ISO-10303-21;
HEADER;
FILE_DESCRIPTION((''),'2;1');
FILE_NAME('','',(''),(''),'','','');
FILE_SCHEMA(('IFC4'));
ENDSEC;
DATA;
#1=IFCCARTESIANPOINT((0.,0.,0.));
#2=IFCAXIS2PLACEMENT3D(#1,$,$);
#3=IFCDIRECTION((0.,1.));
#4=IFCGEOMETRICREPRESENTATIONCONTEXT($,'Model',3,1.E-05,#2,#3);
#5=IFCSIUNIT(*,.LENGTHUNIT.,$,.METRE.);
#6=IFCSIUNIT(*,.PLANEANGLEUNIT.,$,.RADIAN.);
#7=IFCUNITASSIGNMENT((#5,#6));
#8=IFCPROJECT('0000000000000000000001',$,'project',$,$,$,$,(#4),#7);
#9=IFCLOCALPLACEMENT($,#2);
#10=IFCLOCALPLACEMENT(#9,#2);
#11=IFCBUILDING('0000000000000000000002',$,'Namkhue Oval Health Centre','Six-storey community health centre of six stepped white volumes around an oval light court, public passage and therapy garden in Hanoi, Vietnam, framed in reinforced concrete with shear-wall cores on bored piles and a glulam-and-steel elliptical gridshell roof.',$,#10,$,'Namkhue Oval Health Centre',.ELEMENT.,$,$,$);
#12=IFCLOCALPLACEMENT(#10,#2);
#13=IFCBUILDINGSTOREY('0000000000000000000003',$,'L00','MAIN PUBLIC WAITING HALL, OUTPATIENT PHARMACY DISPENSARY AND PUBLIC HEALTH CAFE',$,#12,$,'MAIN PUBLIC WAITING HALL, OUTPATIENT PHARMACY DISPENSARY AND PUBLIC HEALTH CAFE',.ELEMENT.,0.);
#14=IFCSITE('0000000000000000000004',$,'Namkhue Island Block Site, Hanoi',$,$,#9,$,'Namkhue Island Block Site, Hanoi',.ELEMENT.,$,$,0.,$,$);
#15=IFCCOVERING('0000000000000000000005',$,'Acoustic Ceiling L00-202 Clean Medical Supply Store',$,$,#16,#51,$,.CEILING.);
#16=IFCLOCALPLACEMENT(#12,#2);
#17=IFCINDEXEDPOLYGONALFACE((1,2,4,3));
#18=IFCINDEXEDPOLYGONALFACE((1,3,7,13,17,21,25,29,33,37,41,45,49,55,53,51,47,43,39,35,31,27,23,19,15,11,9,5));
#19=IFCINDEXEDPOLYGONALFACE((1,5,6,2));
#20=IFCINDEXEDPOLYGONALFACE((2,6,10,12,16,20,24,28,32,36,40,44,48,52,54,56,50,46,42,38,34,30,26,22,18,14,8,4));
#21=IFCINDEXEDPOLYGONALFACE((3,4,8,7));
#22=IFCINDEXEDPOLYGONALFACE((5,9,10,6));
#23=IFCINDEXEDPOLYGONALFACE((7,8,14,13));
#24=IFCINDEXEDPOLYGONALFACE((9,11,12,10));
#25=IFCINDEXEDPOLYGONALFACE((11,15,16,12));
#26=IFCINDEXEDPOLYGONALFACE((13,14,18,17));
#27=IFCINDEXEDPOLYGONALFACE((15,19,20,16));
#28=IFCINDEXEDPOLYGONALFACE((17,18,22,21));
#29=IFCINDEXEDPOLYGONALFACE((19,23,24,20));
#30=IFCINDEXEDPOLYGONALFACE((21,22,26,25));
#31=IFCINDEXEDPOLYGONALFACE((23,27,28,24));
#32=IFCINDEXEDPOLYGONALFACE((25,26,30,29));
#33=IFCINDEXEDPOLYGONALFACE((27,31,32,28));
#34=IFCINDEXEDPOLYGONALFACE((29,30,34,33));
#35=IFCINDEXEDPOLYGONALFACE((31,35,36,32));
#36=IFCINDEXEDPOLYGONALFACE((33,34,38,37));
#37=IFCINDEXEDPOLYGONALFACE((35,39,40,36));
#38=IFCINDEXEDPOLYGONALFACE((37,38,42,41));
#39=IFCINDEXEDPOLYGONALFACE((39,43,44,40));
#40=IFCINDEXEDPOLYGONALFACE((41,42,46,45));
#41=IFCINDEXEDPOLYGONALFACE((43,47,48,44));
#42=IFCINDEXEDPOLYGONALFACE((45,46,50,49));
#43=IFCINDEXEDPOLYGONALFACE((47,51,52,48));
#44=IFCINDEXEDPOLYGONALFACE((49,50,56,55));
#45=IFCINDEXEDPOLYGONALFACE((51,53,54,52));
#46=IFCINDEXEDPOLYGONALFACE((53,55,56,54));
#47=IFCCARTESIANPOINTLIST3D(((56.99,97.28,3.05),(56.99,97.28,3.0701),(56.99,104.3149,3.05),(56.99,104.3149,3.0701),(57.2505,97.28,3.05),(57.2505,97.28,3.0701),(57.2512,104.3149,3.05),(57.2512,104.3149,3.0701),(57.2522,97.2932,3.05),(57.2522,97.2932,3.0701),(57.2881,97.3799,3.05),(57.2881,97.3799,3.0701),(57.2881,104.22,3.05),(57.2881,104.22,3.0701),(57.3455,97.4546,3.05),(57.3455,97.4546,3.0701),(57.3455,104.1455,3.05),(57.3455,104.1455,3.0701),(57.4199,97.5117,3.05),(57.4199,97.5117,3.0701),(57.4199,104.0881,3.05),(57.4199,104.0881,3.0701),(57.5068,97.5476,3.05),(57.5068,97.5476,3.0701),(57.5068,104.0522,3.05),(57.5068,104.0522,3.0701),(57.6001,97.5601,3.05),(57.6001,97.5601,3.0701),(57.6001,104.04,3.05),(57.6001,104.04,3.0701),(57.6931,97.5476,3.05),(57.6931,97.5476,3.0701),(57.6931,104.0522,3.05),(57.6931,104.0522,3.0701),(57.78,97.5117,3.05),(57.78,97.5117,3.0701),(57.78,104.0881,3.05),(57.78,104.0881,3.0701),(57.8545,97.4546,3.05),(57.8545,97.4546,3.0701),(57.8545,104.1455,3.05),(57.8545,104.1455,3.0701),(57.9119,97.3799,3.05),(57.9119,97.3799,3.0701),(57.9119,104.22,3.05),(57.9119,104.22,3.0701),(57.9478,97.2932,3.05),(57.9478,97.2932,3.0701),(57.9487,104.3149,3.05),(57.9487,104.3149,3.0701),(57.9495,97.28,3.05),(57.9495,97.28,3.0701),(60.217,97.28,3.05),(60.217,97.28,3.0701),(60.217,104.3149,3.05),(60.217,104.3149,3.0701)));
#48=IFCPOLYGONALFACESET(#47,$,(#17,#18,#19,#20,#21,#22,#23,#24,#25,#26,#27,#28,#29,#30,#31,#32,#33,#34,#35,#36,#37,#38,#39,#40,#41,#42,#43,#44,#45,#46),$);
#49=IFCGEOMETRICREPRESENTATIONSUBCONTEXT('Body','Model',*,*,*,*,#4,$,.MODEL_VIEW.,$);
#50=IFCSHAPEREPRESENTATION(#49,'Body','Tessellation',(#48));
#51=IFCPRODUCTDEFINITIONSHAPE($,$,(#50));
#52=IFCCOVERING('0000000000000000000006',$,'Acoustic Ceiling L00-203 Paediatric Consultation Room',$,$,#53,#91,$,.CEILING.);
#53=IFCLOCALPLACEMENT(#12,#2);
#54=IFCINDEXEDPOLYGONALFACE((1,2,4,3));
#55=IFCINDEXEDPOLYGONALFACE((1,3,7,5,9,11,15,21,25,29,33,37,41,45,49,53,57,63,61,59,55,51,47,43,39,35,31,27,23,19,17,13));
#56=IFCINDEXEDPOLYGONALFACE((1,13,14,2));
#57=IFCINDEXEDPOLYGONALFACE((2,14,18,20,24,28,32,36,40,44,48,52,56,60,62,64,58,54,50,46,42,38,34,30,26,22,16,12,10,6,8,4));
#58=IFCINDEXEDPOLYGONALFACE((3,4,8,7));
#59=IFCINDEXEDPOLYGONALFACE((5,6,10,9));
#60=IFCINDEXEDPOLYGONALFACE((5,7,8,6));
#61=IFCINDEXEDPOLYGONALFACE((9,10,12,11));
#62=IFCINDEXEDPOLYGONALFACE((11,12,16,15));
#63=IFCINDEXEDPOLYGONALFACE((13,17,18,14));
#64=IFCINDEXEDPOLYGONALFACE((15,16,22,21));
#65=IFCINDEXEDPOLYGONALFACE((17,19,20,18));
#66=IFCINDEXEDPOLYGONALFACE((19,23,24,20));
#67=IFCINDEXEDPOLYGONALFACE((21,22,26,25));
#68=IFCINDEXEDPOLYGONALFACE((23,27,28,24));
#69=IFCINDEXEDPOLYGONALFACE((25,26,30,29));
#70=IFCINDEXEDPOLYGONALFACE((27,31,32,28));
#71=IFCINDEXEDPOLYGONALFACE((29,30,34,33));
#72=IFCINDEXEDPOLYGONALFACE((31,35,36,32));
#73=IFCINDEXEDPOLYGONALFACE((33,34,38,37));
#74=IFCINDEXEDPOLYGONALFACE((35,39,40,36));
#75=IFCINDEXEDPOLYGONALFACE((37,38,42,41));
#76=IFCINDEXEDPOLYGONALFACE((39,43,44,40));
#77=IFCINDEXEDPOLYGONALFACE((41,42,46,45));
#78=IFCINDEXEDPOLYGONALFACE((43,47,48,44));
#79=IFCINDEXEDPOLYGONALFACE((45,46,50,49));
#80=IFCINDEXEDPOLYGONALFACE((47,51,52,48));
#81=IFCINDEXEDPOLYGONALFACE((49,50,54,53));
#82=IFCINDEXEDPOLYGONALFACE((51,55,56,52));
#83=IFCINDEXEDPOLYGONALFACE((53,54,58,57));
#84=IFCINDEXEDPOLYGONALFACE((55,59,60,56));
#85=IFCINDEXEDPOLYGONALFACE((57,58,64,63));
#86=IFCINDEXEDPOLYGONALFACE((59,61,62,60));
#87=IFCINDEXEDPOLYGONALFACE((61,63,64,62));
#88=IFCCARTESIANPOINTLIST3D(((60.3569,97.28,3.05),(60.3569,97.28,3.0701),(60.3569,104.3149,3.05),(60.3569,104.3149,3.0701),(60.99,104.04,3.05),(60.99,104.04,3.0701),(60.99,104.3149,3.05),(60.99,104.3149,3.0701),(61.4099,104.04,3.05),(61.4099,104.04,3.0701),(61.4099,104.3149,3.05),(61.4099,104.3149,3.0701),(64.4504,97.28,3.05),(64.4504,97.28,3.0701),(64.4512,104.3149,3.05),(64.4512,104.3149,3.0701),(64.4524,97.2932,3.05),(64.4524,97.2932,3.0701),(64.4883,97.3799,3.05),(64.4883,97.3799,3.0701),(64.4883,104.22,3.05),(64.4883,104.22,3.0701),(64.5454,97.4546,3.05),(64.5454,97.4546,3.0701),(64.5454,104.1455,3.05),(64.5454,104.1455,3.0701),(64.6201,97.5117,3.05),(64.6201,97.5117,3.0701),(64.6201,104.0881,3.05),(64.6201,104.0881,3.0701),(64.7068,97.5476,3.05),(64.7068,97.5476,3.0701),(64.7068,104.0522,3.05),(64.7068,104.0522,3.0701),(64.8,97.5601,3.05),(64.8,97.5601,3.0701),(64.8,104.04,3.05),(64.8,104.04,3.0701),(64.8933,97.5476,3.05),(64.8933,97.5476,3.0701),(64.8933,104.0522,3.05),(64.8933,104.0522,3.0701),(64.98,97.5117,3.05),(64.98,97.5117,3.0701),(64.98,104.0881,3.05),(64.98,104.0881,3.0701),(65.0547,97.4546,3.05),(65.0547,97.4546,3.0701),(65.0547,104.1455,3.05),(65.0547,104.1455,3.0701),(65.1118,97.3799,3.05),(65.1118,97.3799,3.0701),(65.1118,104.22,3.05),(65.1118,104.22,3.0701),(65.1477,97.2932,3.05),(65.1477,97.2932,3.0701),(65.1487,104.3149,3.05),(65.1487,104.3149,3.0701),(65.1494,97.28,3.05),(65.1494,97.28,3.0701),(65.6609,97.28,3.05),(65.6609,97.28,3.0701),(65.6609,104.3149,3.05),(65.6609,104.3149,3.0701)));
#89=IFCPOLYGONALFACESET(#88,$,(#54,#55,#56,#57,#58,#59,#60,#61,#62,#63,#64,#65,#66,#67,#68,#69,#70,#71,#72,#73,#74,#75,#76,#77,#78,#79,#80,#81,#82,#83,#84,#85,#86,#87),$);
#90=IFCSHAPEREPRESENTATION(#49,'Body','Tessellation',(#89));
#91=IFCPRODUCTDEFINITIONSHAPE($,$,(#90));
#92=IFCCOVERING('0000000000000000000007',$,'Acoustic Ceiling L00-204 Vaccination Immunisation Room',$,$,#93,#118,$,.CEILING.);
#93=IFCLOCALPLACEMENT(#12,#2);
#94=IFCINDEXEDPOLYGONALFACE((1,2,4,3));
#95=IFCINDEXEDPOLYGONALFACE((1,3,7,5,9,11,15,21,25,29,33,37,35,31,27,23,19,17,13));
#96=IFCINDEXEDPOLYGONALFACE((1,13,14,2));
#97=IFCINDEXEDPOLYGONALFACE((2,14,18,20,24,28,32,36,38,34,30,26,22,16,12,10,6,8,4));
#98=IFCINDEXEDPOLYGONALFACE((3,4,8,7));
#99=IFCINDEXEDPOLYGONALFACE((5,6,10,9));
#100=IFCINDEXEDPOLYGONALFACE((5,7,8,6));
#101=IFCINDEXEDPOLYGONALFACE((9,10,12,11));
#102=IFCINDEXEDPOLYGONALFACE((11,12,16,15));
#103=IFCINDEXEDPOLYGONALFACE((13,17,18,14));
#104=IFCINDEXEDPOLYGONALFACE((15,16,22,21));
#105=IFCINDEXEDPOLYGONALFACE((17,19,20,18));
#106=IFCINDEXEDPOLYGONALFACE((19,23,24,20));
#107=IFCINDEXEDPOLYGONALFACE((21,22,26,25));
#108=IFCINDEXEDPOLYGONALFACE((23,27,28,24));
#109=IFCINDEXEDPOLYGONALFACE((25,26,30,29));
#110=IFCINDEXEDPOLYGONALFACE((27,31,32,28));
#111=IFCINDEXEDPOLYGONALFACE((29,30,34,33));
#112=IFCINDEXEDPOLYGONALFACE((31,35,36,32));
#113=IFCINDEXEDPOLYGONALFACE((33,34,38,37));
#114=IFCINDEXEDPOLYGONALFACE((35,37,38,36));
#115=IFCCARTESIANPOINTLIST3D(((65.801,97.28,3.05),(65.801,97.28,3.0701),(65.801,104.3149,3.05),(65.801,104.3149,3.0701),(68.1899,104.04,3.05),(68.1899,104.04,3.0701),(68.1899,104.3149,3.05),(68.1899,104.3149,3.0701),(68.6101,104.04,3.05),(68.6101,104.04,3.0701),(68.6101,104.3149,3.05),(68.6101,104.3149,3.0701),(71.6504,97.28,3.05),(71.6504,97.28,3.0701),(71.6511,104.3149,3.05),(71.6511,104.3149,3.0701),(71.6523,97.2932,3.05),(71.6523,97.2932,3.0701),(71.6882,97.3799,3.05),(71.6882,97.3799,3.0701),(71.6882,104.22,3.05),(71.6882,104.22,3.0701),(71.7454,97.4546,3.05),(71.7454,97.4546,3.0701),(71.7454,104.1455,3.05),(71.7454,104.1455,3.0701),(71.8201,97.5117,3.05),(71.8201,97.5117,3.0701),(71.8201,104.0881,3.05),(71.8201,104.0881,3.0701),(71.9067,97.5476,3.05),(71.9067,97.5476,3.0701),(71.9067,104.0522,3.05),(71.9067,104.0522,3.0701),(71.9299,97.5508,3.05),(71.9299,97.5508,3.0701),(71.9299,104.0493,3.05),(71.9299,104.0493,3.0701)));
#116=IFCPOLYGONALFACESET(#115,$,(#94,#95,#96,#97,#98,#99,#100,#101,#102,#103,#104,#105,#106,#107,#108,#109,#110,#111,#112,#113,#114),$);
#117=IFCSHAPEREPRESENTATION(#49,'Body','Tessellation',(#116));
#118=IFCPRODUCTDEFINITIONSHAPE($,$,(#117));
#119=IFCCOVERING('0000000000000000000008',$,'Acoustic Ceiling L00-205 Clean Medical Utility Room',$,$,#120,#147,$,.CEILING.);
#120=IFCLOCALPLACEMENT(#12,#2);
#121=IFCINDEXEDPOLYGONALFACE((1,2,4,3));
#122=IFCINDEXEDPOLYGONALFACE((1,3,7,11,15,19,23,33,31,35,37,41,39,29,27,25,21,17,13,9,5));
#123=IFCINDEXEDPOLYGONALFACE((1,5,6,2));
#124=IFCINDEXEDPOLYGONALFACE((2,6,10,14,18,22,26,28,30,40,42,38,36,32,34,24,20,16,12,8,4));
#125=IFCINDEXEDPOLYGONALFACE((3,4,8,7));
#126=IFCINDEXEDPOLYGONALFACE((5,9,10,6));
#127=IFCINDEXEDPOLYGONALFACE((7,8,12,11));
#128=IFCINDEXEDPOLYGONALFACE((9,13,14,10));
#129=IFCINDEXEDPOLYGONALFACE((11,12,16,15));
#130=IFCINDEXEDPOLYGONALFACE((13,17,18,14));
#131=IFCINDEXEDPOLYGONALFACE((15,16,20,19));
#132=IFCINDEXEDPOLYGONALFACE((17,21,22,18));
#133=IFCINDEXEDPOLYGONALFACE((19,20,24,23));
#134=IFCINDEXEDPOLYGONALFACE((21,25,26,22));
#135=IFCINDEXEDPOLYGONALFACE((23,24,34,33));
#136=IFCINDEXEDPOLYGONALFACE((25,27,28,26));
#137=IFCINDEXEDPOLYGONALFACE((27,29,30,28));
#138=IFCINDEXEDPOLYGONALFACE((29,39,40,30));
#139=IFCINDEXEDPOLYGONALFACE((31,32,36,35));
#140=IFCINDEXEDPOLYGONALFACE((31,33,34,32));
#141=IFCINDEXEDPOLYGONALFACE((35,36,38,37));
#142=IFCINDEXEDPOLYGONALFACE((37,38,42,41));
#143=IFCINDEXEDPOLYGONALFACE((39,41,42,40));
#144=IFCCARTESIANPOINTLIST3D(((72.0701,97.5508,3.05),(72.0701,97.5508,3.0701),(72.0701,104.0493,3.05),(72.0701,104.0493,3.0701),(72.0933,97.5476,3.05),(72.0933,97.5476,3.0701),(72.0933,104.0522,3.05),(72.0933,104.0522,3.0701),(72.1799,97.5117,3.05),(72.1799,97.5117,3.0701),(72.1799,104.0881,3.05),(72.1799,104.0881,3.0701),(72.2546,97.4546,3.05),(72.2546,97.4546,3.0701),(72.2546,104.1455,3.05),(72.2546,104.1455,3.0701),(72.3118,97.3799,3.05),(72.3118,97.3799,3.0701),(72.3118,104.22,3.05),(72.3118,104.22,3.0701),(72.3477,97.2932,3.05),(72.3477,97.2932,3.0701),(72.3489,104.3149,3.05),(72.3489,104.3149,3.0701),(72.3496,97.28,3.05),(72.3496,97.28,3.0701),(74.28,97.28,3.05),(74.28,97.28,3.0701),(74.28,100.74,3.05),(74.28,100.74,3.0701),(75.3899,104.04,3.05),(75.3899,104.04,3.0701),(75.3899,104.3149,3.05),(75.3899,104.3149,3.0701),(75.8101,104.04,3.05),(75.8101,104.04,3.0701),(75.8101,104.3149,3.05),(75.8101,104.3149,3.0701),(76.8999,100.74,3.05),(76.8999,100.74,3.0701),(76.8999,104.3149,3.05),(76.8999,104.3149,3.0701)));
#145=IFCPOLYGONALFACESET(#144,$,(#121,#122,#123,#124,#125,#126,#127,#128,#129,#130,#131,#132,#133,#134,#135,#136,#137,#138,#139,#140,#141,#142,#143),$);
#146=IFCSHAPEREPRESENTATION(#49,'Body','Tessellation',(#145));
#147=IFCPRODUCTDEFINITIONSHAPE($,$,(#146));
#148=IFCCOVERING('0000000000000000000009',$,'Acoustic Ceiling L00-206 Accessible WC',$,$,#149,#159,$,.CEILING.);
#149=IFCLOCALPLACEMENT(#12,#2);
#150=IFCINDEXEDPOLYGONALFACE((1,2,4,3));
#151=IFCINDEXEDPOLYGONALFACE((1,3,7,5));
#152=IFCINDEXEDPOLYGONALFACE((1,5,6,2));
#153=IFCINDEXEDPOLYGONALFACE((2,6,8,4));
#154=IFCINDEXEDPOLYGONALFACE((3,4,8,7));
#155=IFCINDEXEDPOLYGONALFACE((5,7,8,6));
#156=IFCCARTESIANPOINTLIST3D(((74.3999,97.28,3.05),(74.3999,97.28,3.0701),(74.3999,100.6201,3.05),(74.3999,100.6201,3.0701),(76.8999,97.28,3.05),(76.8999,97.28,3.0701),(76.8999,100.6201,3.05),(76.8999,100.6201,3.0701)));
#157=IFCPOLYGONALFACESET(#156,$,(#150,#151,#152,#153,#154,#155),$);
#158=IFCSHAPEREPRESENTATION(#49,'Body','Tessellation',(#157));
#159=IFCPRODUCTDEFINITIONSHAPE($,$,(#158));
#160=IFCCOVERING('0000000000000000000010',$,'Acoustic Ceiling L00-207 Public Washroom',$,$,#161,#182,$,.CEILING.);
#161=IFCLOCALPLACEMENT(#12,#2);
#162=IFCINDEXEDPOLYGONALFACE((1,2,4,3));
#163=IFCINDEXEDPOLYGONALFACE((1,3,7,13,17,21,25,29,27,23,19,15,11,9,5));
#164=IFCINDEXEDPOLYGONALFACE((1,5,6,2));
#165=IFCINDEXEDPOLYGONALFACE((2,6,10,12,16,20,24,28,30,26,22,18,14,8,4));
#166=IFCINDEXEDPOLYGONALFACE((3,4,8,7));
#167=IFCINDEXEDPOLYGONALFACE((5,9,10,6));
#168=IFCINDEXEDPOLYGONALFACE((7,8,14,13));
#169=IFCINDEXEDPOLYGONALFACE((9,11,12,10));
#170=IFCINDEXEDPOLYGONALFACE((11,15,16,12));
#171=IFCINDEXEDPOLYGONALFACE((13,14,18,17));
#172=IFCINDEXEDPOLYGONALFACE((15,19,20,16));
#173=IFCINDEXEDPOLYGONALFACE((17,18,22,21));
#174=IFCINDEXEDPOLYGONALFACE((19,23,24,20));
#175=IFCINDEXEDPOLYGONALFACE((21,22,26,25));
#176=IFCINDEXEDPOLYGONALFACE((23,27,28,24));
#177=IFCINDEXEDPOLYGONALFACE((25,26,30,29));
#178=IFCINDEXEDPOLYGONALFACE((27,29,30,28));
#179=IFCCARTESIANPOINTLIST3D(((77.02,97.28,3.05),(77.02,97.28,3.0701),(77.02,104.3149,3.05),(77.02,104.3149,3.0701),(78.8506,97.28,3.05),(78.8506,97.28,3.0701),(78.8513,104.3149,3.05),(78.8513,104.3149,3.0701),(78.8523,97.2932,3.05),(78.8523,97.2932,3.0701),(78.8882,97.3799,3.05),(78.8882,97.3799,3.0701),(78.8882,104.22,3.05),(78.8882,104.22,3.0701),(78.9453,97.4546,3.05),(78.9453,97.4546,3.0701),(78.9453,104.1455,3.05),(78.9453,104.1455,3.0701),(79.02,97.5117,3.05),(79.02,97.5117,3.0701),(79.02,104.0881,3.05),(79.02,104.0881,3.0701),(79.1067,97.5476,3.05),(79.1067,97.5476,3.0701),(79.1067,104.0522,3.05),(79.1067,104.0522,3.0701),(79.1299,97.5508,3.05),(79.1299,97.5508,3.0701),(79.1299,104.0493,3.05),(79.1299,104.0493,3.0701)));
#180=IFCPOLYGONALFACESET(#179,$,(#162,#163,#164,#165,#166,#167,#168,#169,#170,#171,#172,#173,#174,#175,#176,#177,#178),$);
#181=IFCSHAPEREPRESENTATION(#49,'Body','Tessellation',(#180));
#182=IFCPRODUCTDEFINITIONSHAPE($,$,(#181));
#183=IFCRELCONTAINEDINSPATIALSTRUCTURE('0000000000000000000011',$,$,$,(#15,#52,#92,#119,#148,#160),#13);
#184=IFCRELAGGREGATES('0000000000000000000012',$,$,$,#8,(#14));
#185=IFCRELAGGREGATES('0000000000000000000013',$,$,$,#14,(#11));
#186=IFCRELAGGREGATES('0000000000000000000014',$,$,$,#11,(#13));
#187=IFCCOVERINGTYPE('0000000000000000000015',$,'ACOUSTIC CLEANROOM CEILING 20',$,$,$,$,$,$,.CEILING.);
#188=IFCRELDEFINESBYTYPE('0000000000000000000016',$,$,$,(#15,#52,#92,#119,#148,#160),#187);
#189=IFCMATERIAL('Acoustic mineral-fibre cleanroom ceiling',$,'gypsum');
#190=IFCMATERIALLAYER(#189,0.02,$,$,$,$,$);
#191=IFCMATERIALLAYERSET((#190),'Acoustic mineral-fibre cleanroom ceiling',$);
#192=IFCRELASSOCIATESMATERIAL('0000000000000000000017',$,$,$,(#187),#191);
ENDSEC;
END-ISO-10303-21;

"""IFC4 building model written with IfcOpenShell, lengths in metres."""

from ifc_helpers import new_model, si_unit, direction, frame, origin, place, context, subcontext, project, spatial, polyline, outline, extrude, material, layer, layer_set, type_object, element, save


model = new_model("IFC4")

# Units and contexts
model_context = context("Model", 3, precision=1e-05, world=origin(), true_north=direction((0.0, 1.0)))
body_context = subcontext(model_context, "Body", "Model", "MODEL_VIEW")
ifc_project = project(units=[si_unit("LENGTHUNIT", "METRE"), si_unit("PLANEANGLEUNIT", "RADIAN")], contexts=[model_context])

# Site, building, storey
site_placement = place(None, origin())
site = spatial("IfcSite", under=ifc_project, at=site_placement, Name="Namkhue Island Block Site, Hanoi", LongName="Namkhue Island Block Site, Hanoi", CompositionType="ELEMENT", RefElevation=0.0)
building_placement = place(site_placement, origin())
building = spatial("IfcBuilding", under=site, at=building_placement, Name="Namkhue Oval Health Centre", Description="Six-storey community health centre of six stepped white volumes around an oval light court, public passage and therapy garden in Hanoi, Vietnam, framed in reinforced concrete with shear-wall cores on bored piles and a glulam-and-steel elliptical gridshell roof.", LongName="Namkhue Oval Health Centre", CompositionType="ELEMENT")
storey_placement = place(building_placement, origin())
storey = spatial("IfcBuildingStorey", under=building, at=storey_placement, Name="L00", Description="MAIN PUBLIC WAITING HALL, OUTPATIENT PHARMACY DISPENSARY AND PUBLIC HEALTH CAFE", LongName="MAIN PUBLIC WAITING HALL, OUTPATIENT PHARMACY DISPENSARY AND PUBLIC HEALTH CAFE", CompositionType="ELEMENT", Elevation=0.0)

# Coverings
ifc_material = material(Name="Acoustic mineral-fibre cleanroom ceiling", Category="gypsum")
ifc_layer = layer(ifc_material, 0.02)
ifc_layer_set = layer_set([ifc_layer], Name="Acoustic mineral-fibre cleanroom ceiling")
covering_type = type_object("IfcCoveringType", Name="ACOUSTIC CLEANROOM CEILING 20", PredefinedType="CEILING", material=ifc_layer_set)
covering_1_placement = place(storey_placement, frame((0.0, 0.0, 3.05)))
element("IfcCovering", 1, at=covering_1_placement, inside=storey, type_object=covering_type, Name="Acoustic Ceiling L00-202 Clean Medical Supply Store", PredefinedType="CEILING", context=body_context, shape_type="SweptSolid", body=[
    extrude(outline(polyline([(57.9495, 97.28), (57.9478, 97.2932), (57.9119, 97.3799), (57.8545, 97.4546), (57.78, 97.5117), (57.6931, 97.5476), (57.6001, 97.5601), (57.5068, 97.5476), (57.4199, 97.5117), (57.3455, 97.4546), (57.2881, 97.3799), (57.2522, 97.2932), (57.2505, 97.28), (56.99, 97.28), (56.99, 104.3149), (57.2512, 104.3149), (57.2881, 104.22), (57.3455, 104.1455), (57.4199, 104.0881), (57.5068, 104.0522), (57.6001, 104.04), (57.6931, 104.0522), (57.78, 104.0881), (57.8545, 104.1455), (57.9119, 104.22), (57.9487, 104.3149), (60.217, 104.3149), (60.217, 97.28), (57.9495, 97.28)])), origin(), (0.0, 0.0, 1.0), 0.02),
])
covering_2_placement = place(storey_placement, frame((0.0, 0.0, 3.05)))
element("IfcCovering", 2, at=covering_2_placement, inside=storey, type_object=covering_type, Name="Acoustic Ceiling L00-203 Paediatric Consultation Room", PredefinedType="CEILING", context=body_context, shape_type="SweptSolid", body=[
    extrude(outline(polyline([(65.1494, 97.28), (65.1477, 97.2932), (65.1118, 97.3799), (65.0547, 97.4546), (64.98, 97.5117), (64.8933, 97.5476), (64.8, 97.5601), (64.7068, 97.5476), (64.6201, 97.5117), (64.5454, 97.4546), (64.4883, 97.3799), (64.4524, 97.2932), (64.4504, 97.28), (60.3569, 97.28), (60.3569, 104.3149), (60.99, 104.3149), (60.99, 104.04), (61.4099, 104.04), (61.4099, 104.3149), (64.4512, 104.3149), (64.4883, 104.22), (64.5454, 104.1455), (64.6201, 104.0881), (64.7068, 104.0522), (64.8, 104.04), (64.8933, 104.0522), (64.98, 104.0881), (65.0547, 104.1455), (65.1118, 104.22), (65.1487, 104.3149), (65.6609, 104.3149), (65.6609, 97.28), (65.1494, 97.28)])), origin(), (0.0, 0.0, 1.0), 0.02),
])
covering_3_placement = place(storey_placement, frame((0.0, 0.0, 3.05)))
element("IfcCovering", 3, at=covering_3_placement, inside=storey, type_object=covering_type, Name="Acoustic Ceiling L00-204 Vaccination Immunisation Room", PredefinedType="CEILING", context=body_context, shape_type="SweptSolid", body=[
    extrude(outline(polyline([(65.801, 97.28), (65.801, 104.3149), (68.1899, 104.3149), (68.1899, 104.04), (68.6101, 104.04), (68.6101, 104.3149), (71.6511, 104.3149), (71.6882, 104.22), (71.7454, 104.1455), (71.8201, 104.0881), (71.9067, 104.0522), (71.9299, 104.0493), (71.9299, 97.5508), (71.9067, 97.5476), (71.8201, 97.5117), (71.7454, 97.4546), (71.6882, 97.3799), (71.6523, 97.2932), (71.6504, 97.28), (65.801, 97.28)])), origin(), (0.0, 0.0, 1.0), 0.02),
])
covering_4_placement = place(storey_placement, frame((0.0, 0.0, 3.05)))
element("IfcCovering", 4, at=covering_4_placement, inside=storey, type_object=covering_type, Name="Acoustic Ceiling L00-205 Clean Medical Utility Room", PredefinedType="CEILING", context=body_context, shape_type="SweptSolid", body=[
    extrude(outline(polyline([(75.3899, 104.3149), (75.3899, 104.04), (75.8101, 104.04), (75.8101, 104.3149), (76.8999, 104.3149), (76.8999, 100.74), (74.28, 100.74), (74.28, 97.28), (72.3496, 97.28), (72.3477, 97.2932), (72.3118, 97.3799), (72.2546, 97.4546), (72.1799, 97.5117), (72.0933, 97.5476), (72.0701, 97.5508), (72.0701, 104.0493), (72.0933, 104.0522), (72.1799, 104.0881), (72.2546, 104.1455), (72.3118, 104.22), (72.3489, 104.3149), (75.3899, 104.3149)])), origin(), (0.0, 0.0, 1.0), 0.02),
])
covering_5_placement = place(storey_placement, frame((0.0, 0.0, 3.05)))
element("IfcCovering", 5, at=covering_5_placement, inside=storey, type_object=covering_type, Name="Acoustic Ceiling L00-206 Accessible WC", PredefinedType="CEILING", context=body_context, shape_type="SweptSolid", body=[
    extrude(outline(polyline([(76.8999, 100.6201), (76.8999, 97.28), (74.3999, 97.28), (74.3999, 100.6201), (76.8999, 100.6201)])), origin(), (0.0, 0.0, 1.0), 0.02),
])
covering_6_placement = place(storey_placement, frame((0.0, 0.0, 3.05)))
element("IfcCovering", 6, at=covering_6_placement, inside=storey, type_object=covering_type, Name="Acoustic Ceiling L00-207 Public Washroom", PredefinedType="CEILING", context=body_context, shape_type="SweptSolid", body=[
    extrude(outline(polyline([(77.02, 97.28), (77.02, 104.3149), (78.8513, 104.3149), (78.8882, 104.22), (78.9453, 104.1455), (79.02, 104.0881), (79.1067, 104.0522), (79.1299, 104.0493), (79.1299, 97.5508), (79.1067, 97.5476), (79.02, 97.5117), (78.9453, 97.4546), (78.8882, 97.3799), (78.8523, 97.2932), (78.8506, 97.28), (77.02, 97.28)])), origin(), (0.0, 0.0, 1.0), 0.02),
])

save(model, "model.ifc")
